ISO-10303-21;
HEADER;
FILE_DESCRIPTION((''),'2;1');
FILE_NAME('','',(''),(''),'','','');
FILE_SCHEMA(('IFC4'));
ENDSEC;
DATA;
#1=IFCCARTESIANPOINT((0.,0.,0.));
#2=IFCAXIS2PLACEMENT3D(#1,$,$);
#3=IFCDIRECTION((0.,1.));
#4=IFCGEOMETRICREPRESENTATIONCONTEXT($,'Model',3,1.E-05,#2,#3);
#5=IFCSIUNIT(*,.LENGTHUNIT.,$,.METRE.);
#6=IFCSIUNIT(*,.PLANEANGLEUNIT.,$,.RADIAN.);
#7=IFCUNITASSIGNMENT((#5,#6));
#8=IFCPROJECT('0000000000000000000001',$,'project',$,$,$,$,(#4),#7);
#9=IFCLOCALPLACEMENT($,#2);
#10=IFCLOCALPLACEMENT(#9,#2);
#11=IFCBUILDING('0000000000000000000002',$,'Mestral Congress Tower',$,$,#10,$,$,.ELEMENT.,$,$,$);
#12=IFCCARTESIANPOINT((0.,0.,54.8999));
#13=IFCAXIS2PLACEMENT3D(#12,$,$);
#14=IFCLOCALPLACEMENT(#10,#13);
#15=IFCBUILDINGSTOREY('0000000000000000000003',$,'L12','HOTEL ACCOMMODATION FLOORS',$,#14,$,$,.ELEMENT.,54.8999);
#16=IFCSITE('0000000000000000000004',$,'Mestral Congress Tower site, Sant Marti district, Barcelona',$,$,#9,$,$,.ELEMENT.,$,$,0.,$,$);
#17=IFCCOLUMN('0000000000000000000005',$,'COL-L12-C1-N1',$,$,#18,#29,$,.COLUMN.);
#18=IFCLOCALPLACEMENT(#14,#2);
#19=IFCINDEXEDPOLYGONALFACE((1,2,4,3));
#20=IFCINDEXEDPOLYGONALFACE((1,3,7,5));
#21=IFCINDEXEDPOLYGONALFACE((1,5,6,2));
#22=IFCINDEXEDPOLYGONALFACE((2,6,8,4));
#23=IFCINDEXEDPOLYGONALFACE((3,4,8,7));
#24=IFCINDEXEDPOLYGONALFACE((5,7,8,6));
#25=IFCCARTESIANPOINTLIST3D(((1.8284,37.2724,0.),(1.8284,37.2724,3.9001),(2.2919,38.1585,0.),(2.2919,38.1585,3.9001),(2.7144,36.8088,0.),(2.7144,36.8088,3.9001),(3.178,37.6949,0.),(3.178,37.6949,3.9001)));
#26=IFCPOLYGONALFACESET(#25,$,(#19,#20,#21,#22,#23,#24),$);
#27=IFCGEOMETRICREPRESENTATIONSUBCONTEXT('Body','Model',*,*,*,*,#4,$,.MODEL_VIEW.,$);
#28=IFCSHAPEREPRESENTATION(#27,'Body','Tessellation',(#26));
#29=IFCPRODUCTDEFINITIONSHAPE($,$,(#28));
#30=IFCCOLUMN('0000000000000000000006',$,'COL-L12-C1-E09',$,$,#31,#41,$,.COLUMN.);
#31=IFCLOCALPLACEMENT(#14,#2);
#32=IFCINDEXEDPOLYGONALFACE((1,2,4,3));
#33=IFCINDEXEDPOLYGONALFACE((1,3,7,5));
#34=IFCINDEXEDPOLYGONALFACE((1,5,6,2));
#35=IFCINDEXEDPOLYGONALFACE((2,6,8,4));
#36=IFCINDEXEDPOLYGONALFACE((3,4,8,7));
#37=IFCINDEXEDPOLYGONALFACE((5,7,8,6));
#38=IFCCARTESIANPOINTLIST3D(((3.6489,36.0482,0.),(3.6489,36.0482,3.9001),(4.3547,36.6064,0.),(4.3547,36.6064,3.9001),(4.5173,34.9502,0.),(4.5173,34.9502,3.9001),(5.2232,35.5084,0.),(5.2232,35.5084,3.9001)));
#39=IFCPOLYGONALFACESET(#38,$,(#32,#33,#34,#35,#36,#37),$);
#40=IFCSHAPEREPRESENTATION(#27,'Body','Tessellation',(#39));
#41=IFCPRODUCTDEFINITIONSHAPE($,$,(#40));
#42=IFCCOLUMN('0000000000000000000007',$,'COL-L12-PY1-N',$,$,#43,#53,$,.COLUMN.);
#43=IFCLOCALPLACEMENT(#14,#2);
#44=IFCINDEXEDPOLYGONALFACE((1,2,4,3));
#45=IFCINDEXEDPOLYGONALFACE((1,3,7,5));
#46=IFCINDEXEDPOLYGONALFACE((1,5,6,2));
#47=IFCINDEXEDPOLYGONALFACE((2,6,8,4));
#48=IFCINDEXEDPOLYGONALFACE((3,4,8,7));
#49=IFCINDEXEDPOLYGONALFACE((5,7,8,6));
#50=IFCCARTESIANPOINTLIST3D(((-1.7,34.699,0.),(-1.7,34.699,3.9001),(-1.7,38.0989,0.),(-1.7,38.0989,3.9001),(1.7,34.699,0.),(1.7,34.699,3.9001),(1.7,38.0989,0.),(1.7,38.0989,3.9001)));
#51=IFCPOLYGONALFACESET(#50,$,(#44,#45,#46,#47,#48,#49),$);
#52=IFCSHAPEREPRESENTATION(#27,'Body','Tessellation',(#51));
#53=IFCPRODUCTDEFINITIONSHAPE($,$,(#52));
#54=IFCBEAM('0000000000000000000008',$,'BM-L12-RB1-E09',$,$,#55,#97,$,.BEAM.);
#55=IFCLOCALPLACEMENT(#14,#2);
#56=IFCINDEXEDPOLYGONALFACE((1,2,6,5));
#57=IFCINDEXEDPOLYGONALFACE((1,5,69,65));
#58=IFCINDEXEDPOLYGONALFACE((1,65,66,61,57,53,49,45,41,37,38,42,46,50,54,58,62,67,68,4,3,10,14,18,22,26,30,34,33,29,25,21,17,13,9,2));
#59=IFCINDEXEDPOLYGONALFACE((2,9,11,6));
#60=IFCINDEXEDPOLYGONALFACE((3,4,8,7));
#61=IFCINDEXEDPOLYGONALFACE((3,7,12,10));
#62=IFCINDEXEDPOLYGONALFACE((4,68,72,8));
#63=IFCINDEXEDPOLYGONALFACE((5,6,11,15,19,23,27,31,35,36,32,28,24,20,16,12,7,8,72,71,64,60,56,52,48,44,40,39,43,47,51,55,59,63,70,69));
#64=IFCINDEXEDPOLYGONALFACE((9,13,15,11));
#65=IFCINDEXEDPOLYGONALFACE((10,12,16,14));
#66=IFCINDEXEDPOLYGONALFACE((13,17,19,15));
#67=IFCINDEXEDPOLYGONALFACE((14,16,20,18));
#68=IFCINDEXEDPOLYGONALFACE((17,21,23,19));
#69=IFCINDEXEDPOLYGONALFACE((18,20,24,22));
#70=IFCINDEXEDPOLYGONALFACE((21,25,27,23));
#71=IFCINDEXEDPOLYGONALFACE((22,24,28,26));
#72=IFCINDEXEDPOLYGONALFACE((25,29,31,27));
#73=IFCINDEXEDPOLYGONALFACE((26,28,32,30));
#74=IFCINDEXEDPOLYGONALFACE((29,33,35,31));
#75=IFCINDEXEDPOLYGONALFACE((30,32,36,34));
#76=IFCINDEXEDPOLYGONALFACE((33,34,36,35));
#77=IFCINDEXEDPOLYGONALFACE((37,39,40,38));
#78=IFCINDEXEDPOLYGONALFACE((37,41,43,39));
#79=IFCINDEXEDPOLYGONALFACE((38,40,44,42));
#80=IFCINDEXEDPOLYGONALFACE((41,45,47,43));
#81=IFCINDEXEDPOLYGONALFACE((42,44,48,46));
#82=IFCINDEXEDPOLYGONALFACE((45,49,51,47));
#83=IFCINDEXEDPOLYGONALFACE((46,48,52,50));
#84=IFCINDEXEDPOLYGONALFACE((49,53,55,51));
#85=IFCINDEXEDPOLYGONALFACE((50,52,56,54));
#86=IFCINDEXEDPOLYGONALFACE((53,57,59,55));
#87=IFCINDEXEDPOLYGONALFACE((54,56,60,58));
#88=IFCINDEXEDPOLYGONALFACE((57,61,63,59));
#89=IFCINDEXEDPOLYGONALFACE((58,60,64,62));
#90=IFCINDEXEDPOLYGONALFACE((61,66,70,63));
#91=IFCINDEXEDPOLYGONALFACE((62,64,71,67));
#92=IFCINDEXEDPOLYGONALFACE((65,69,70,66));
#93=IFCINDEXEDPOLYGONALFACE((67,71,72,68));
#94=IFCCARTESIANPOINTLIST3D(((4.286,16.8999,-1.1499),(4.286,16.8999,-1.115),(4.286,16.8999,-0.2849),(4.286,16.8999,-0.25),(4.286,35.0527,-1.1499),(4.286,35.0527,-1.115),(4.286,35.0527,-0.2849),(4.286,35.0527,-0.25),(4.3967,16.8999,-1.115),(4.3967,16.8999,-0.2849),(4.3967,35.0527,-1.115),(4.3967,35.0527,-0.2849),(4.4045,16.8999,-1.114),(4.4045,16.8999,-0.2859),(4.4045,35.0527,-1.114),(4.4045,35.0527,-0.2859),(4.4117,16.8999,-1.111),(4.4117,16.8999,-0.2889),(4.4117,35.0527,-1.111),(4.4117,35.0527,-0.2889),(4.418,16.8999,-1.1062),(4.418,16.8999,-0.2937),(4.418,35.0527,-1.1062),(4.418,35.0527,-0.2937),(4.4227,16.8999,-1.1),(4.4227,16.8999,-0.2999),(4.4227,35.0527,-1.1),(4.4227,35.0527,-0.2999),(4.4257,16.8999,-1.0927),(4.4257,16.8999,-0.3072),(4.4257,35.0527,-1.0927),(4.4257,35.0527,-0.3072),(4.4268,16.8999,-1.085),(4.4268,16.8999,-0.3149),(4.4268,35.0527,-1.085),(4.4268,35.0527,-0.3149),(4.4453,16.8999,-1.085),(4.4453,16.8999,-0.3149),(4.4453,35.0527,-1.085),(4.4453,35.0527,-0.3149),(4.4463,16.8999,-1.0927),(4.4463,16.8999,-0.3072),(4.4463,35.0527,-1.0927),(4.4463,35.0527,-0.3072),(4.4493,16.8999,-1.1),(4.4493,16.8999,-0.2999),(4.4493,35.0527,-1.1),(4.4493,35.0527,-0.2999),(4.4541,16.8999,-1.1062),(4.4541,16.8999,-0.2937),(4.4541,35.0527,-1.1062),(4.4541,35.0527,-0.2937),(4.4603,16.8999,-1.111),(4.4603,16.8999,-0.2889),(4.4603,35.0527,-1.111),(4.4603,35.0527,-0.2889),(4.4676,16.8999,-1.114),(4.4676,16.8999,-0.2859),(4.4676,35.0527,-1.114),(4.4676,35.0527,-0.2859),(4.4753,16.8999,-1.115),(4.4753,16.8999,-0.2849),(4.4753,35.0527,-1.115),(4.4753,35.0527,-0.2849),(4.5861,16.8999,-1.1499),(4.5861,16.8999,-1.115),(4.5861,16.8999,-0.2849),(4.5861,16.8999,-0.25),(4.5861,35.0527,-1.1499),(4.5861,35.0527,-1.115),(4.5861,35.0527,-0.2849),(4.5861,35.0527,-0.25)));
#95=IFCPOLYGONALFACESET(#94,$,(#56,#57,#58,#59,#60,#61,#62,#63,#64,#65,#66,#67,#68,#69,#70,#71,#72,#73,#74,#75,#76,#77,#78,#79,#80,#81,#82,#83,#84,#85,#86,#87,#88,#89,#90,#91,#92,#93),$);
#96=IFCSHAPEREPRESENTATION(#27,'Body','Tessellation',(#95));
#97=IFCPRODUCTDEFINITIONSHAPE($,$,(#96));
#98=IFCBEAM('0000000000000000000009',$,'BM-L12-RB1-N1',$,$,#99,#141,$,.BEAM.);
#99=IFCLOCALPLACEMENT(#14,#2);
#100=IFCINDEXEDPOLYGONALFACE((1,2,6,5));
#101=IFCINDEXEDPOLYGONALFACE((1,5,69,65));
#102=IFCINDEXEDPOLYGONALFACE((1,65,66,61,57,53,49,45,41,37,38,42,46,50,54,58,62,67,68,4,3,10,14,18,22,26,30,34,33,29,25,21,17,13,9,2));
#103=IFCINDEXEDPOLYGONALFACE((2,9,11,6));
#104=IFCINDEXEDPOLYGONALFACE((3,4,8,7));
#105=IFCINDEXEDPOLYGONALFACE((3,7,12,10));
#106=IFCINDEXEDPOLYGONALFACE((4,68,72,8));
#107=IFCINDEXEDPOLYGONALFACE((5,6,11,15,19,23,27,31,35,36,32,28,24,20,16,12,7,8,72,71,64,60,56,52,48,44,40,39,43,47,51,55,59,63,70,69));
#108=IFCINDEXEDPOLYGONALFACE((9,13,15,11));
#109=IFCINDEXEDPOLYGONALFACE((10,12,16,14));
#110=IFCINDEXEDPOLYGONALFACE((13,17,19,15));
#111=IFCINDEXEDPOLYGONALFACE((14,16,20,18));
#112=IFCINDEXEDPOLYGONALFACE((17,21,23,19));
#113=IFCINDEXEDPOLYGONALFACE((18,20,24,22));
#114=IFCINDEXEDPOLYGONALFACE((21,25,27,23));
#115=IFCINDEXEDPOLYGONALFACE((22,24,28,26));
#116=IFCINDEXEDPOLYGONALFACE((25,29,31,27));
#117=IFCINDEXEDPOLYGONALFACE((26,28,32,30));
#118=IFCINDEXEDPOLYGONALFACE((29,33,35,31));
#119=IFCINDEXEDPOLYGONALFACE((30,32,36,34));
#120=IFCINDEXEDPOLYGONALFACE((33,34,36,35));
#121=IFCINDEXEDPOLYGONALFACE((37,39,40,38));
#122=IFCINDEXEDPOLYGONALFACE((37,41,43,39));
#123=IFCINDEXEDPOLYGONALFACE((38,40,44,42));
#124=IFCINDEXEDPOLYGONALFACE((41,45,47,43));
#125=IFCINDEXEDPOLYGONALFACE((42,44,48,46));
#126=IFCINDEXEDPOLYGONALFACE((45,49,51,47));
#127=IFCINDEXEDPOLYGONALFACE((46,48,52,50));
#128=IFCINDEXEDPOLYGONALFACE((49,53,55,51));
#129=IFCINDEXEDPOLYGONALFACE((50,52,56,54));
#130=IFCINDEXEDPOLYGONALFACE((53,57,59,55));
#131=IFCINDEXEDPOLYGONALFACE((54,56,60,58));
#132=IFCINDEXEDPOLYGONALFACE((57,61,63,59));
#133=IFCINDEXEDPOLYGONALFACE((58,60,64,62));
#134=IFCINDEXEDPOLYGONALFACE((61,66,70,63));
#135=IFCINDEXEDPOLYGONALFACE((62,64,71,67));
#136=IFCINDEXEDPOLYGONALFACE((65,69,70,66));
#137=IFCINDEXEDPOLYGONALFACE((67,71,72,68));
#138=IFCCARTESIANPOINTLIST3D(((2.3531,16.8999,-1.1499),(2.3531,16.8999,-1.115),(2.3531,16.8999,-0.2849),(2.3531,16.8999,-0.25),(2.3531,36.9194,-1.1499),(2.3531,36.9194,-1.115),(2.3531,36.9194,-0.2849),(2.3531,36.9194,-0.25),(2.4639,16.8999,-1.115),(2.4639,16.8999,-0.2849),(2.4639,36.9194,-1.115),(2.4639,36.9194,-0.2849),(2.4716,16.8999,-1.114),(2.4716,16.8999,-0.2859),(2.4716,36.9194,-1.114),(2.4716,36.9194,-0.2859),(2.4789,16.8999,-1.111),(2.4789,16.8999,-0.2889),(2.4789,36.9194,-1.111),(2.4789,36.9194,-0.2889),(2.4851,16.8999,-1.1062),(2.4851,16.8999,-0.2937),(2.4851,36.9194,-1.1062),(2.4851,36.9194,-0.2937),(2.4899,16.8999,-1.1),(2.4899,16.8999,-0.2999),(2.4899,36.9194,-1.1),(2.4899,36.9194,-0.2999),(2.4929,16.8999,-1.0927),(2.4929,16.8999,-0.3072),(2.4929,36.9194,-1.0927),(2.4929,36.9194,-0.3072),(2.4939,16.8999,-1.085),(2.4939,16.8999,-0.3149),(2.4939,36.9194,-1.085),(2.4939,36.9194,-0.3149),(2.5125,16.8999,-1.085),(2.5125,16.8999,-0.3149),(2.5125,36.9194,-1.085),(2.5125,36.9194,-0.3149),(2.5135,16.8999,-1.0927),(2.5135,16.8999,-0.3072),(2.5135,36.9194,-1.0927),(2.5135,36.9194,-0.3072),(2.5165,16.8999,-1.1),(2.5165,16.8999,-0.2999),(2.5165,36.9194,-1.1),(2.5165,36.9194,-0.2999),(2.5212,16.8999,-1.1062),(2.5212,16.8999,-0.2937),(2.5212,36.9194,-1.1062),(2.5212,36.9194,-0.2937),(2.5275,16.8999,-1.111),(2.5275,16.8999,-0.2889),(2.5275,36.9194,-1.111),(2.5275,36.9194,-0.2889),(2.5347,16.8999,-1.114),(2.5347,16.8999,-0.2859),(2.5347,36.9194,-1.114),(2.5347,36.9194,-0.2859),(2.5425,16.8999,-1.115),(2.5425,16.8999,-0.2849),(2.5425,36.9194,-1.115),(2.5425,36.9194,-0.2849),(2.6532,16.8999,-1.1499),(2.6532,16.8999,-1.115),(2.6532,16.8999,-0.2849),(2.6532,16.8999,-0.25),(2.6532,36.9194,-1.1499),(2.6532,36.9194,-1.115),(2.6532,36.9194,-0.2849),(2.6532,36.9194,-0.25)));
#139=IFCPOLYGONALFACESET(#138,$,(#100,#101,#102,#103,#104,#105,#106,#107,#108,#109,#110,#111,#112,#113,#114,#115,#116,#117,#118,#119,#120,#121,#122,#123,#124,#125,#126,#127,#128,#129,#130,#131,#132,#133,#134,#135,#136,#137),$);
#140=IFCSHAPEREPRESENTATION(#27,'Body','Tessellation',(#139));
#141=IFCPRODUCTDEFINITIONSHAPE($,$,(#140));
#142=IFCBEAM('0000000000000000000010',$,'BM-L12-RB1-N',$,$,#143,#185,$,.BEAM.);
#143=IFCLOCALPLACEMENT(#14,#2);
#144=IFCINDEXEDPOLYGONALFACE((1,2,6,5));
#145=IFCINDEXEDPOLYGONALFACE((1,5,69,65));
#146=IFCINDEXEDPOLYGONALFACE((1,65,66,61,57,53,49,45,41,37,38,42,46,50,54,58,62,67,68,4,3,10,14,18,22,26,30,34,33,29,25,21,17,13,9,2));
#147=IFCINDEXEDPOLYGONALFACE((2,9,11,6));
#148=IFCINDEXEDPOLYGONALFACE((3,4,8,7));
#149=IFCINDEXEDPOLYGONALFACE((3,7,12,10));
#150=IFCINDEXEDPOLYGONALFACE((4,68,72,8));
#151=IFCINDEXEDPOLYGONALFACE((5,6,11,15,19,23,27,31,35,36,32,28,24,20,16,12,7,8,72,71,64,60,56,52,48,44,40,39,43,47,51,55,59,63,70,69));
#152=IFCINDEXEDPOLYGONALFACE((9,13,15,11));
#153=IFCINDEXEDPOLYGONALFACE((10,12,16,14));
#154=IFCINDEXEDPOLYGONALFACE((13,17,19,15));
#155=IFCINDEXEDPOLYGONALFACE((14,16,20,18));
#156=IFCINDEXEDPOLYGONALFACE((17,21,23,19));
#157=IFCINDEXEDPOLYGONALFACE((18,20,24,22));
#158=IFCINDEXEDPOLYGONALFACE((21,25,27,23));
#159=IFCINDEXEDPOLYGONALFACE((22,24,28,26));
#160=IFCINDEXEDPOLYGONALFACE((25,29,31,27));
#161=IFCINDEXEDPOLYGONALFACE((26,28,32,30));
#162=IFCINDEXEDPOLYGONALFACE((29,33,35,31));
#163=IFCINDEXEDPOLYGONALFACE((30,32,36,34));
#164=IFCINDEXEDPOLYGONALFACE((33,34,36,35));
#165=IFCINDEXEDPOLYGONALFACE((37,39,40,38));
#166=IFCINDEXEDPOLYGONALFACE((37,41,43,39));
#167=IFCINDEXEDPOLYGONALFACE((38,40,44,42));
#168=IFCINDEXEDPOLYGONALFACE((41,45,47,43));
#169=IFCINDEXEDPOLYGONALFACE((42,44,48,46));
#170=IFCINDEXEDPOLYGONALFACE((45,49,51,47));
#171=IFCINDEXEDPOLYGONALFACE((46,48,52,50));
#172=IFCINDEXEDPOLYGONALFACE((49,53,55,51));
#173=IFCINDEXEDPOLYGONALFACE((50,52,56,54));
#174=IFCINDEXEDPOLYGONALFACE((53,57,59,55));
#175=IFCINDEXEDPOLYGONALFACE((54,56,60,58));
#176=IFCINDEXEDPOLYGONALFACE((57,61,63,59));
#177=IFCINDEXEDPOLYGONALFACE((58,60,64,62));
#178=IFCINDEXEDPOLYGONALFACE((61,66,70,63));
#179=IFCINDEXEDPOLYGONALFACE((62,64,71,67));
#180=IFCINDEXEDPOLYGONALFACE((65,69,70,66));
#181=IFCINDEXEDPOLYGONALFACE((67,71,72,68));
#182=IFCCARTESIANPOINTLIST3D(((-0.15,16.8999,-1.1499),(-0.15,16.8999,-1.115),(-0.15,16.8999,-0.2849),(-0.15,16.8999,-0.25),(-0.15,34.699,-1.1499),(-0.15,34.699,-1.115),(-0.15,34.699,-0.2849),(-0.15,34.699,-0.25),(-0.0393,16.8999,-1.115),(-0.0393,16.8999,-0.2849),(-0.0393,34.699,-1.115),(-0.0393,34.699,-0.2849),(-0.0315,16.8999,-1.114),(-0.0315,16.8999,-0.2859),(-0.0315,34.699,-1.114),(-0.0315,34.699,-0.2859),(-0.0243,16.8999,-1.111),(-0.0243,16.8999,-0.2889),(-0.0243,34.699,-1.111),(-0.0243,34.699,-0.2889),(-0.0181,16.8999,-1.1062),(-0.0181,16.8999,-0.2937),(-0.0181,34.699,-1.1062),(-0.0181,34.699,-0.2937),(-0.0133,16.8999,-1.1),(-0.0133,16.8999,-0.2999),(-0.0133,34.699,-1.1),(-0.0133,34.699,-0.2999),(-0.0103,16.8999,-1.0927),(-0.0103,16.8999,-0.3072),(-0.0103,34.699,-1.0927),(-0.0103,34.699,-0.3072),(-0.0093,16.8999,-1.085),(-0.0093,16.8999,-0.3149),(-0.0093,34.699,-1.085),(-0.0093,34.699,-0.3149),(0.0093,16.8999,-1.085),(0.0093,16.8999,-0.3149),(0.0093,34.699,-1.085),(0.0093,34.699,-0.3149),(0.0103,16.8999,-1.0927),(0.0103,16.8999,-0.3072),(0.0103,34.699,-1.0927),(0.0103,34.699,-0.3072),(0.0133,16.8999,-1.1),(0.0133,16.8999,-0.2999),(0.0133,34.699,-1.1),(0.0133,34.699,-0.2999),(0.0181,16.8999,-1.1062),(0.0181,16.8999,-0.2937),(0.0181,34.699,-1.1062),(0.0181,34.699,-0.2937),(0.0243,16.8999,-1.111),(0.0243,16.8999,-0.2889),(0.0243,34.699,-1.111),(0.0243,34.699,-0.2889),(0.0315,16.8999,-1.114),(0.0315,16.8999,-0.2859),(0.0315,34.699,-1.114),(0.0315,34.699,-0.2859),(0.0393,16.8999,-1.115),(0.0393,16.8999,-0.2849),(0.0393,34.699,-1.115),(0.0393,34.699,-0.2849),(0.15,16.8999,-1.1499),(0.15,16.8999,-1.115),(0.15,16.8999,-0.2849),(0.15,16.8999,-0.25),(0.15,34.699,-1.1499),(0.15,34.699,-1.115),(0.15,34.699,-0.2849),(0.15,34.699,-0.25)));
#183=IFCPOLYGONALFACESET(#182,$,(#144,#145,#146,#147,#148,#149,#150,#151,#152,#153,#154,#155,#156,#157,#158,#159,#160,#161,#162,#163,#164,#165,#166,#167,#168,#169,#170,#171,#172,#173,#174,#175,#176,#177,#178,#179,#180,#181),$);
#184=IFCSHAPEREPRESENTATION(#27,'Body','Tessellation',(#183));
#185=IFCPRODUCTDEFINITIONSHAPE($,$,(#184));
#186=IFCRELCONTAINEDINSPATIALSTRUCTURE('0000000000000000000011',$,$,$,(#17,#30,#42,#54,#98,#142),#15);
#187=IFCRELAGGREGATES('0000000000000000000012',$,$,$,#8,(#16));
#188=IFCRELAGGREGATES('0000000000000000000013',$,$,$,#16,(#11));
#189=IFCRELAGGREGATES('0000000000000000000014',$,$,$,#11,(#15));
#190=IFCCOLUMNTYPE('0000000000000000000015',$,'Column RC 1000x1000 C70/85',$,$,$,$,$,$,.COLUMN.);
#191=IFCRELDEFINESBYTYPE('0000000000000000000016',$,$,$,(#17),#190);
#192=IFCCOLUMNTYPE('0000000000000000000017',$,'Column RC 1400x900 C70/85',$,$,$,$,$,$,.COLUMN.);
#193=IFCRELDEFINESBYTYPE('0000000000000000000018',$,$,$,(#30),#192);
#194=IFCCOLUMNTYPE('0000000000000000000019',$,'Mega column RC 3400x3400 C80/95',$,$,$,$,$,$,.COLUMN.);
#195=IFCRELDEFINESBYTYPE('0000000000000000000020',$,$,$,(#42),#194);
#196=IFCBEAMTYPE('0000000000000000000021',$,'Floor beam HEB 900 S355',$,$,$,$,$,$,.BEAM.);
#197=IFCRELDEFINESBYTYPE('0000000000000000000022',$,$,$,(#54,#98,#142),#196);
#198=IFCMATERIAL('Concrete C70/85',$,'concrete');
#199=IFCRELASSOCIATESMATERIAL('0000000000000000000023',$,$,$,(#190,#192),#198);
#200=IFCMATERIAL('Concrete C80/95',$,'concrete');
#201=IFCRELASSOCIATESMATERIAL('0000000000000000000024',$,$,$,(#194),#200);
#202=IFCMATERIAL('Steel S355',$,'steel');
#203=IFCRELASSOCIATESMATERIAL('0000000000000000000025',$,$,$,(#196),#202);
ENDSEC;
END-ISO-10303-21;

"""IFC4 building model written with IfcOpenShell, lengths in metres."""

from ifc_helpers import new_model, si_unit, direction, frame, origin, origin_2d, place, context, subcontext, project, spatial, rectangle, i_section, extrude, material, material_profile, profile_set, type_object, element, save


model = new_model("IFC4")

# Units and contexts
model_context = context("Model", 3, precision=1e-05, world=origin(), true_north=direction((0.0, 1.0)))
body_context = subcontext(model_context, "Body", "Model", "MODEL_VIEW")
ifc_project = project(units=[si_unit("LENGTHUNIT", "METRE"), si_unit("PLANEANGLEUNIT", "RADIAN")], contexts=[model_context])

# Site, building, storey
site_placement = place(None, origin())
site = spatial("IfcSite", under=ifc_project, at=site_placement, Name="Mestral Congress Tower site, Sant Marti district, Barcelona", CompositionType="ELEMENT", RefElevation=0.0)
building_placement = place(site_placement, origin())
building = spatial("IfcBuilding", under=site, at=building_placement, Name="Mestral Congress Tower", CompositionType="ELEMENT")
storey_placement = place(building_placement, frame((0.0, 0.0, 54.8999)))
storey = spatial("IfcBuildingStorey", under=building, at=storey_placement, Name="L12", Description="HOTEL ACCOMMODATION FLOORS", CompositionType="ELEMENT", Elevation=54.8999)

# Columns
ifc_material_1 = material(Name="Concrete C70/85", Category="concrete")
ifc_material_profile_1 = material_profile(ifc_material_1, rectangle(XDim=1.0, YDim=1.0, at=origin_2d()), Name="RC 1000x1000")
ifc_profile_set_1 = profile_set([ifc_material_profile_1], Name="Concrete C70/85")
column_type_1 = type_object("IfcColumnType", Name="Column RC 1000x1000 C70/85", PredefinedType="COLUMN", material=ifc_profile_set_1)
column_1_placement = place(storey_placement, frame((2.5032, 37.4836, 0.0), z_axis=(0.0, 0.0, 1.0), x_axis=(-0.886068, 0.463556, 0.0)))
element("IfcColumn", 1, at=column_1_placement, inside=storey, type_object=column_type_1, Name="COL-L12-C1-N1", PredefinedType="COLUMN", context=body_context, shape_type="SweptSolid", body=[
    extrude(rectangle(XDim=1.0, YDim=1.0, at=origin_2d()), origin(), (0.0, 0.0, 1.0), 3.9001),
])
ifc_material_profile_2 = material_profile(ifc_material_1, rectangle(XDim=1.3999, YDim=0.8999, at=origin_2d()), Name="RC 1400x900")
ifc_profile_set_2 = profile_set([ifc_material_profile_2], Name="Concrete C70/85")
column_type_2 = type_object("IfcColumnType", Name="Column RC 1400x900 C70/85", PredefinedType="COLUMN", material=ifc_profile_set_2)
column_2_placement = place(storey_placement, frame((4.436, 35.7783, 0.0), z_axis=(0.0, 0.0, 1.0), x_axis=(-0.620334, 0.784338, 0.0)))
element("IfcColumn", 2, at=column_2_placement, inside=storey, type_object=column_type_2, Name="COL-L12-C1-E09", PredefinedType="COLUMN", context=body_context, shape_type="SweptSolid", body=[
    extrude(rectangle(XDim=1.3999, YDim=0.8999, at=origin_2d()), origin(), (0.0, 0.0, 1.0), 3.9001),
])
ifc_material_2 = material(Name="Concrete C80/95", Category="concrete")
ifc_material_profile_3 = material_profile(ifc_material_2, rectangle(XDim=3.3999, YDim=3.3999, at=origin_2d()), Name="RC 3400x3400")
ifc_profile_set_3 = profile_set([ifc_material_profile_3], Name="Concrete C80/95")
column_type_3 = type_object("IfcColumnType", Name="Mega column RC 3400x3400 C80/95", PredefinedType="COLUMN", material=ifc_profile_set_3)
column_3_placement = place(storey_placement, frame((0.0, 36.3989, 0.0), z_axis=(0.0, 0.0, 1.0), x_axis=(0.0, 1.0, 0.0)))
element("IfcColumn", 3, at=column_3_placement, inside=storey, type_object=column_type_3, Name="COL-L12-PY1-N", PredefinedType="COLUMN", context=body_context, shape_type="SweptSolid", body=[
    extrude(rectangle(XDim=3.3999, YDim=3.3999, at=origin_2d()), origin(), (0.0, 0.0, 1.0), 3.9001),
])

# Beams
ifc_material_3 = material(Name="Steel S355", Category="steel")
ifc_material_profile_4 = material_profile(ifc_material_3, i_section(OverallWidth=0.3, OverallDepth=0.8999, WebThickness=0.0186, FlangeThickness=0.0349, FilletRadius=0.03, at=origin_2d()), Name="HEB 900")
ifc_profile_set_4 = profile_set([ifc_material_profile_4], Name="Steel S355")
beam_type_1 = type_object("IfcBeamType", Name="Floor beam HEB 900 S355", PredefinedType="BEAM", material=ifc_profile_set_4)
beam_1_placement = place(storey_placement, frame((4.436, 35.0527, -0.7), z_axis=(0.0, -1.0, 0.0), x_axis=(1.0, 0.0, 0.0)))
element("IfcBeam", 4, at=beam_1_placement, inside=storey, type_object=beam_type_1, Name="BM-L12-RB1-E09", PredefinedType="BEAM", context=body_context, shape_type="SweptSolid", body=[
    extrude(i_section(OverallWidth=0.3, OverallDepth=0.8999, WebThickness=0.0186, FlangeThickness=0.0349, FilletRadius=0.03, at=origin_2d()), origin(), (0.0, 0.0, 1.0), 18.1528),
])
beam_2_placement = place(storey_placement, frame((2.5032, 36.9194, -0.7), z_axis=(0.0, -1.0, 0.0), x_axis=(1.0, 0.0, 0.0)))
element("IfcBeam", 5, at=beam_2_placement, inside=storey, type_object=beam_type_1, Name="BM-L12-RB1-N1", PredefinedType="BEAM", context=body_context, shape_type="SweptSolid", body=[
    extrude(i_section(OverallWidth=0.3, OverallDepth=0.8999, WebThickness=0.0186, FlangeThickness=0.0349, FilletRadius=0.03, at=origin_2d()), origin(), (0.0, 0.0, 1.0), 20.0195),
])
beam_3_placement = place(storey_placement, frame((0.0, 34.699, -0.7), z_axis=(0.0, -1.0, 0.0), x_axis=(1.0, 0.0, 0.0)))
element("IfcBeam", 6, at=beam_3_placement, inside=storey, type_object=beam_type_1, Name="BM-L12-RB1-N", PredefinedType="BEAM", context=body_context, shape_type="SweptSolid", body=[
    extrude(i_section(OverallWidth=0.3, OverallDepth=0.8999, WebThickness=0.0186, FlangeThickness=0.0349, FilletRadius=0.03, at=origin_2d()), origin(), (0.0, 0.0, 1.0), 17.7991),
])

save(model, "model.ifc")
